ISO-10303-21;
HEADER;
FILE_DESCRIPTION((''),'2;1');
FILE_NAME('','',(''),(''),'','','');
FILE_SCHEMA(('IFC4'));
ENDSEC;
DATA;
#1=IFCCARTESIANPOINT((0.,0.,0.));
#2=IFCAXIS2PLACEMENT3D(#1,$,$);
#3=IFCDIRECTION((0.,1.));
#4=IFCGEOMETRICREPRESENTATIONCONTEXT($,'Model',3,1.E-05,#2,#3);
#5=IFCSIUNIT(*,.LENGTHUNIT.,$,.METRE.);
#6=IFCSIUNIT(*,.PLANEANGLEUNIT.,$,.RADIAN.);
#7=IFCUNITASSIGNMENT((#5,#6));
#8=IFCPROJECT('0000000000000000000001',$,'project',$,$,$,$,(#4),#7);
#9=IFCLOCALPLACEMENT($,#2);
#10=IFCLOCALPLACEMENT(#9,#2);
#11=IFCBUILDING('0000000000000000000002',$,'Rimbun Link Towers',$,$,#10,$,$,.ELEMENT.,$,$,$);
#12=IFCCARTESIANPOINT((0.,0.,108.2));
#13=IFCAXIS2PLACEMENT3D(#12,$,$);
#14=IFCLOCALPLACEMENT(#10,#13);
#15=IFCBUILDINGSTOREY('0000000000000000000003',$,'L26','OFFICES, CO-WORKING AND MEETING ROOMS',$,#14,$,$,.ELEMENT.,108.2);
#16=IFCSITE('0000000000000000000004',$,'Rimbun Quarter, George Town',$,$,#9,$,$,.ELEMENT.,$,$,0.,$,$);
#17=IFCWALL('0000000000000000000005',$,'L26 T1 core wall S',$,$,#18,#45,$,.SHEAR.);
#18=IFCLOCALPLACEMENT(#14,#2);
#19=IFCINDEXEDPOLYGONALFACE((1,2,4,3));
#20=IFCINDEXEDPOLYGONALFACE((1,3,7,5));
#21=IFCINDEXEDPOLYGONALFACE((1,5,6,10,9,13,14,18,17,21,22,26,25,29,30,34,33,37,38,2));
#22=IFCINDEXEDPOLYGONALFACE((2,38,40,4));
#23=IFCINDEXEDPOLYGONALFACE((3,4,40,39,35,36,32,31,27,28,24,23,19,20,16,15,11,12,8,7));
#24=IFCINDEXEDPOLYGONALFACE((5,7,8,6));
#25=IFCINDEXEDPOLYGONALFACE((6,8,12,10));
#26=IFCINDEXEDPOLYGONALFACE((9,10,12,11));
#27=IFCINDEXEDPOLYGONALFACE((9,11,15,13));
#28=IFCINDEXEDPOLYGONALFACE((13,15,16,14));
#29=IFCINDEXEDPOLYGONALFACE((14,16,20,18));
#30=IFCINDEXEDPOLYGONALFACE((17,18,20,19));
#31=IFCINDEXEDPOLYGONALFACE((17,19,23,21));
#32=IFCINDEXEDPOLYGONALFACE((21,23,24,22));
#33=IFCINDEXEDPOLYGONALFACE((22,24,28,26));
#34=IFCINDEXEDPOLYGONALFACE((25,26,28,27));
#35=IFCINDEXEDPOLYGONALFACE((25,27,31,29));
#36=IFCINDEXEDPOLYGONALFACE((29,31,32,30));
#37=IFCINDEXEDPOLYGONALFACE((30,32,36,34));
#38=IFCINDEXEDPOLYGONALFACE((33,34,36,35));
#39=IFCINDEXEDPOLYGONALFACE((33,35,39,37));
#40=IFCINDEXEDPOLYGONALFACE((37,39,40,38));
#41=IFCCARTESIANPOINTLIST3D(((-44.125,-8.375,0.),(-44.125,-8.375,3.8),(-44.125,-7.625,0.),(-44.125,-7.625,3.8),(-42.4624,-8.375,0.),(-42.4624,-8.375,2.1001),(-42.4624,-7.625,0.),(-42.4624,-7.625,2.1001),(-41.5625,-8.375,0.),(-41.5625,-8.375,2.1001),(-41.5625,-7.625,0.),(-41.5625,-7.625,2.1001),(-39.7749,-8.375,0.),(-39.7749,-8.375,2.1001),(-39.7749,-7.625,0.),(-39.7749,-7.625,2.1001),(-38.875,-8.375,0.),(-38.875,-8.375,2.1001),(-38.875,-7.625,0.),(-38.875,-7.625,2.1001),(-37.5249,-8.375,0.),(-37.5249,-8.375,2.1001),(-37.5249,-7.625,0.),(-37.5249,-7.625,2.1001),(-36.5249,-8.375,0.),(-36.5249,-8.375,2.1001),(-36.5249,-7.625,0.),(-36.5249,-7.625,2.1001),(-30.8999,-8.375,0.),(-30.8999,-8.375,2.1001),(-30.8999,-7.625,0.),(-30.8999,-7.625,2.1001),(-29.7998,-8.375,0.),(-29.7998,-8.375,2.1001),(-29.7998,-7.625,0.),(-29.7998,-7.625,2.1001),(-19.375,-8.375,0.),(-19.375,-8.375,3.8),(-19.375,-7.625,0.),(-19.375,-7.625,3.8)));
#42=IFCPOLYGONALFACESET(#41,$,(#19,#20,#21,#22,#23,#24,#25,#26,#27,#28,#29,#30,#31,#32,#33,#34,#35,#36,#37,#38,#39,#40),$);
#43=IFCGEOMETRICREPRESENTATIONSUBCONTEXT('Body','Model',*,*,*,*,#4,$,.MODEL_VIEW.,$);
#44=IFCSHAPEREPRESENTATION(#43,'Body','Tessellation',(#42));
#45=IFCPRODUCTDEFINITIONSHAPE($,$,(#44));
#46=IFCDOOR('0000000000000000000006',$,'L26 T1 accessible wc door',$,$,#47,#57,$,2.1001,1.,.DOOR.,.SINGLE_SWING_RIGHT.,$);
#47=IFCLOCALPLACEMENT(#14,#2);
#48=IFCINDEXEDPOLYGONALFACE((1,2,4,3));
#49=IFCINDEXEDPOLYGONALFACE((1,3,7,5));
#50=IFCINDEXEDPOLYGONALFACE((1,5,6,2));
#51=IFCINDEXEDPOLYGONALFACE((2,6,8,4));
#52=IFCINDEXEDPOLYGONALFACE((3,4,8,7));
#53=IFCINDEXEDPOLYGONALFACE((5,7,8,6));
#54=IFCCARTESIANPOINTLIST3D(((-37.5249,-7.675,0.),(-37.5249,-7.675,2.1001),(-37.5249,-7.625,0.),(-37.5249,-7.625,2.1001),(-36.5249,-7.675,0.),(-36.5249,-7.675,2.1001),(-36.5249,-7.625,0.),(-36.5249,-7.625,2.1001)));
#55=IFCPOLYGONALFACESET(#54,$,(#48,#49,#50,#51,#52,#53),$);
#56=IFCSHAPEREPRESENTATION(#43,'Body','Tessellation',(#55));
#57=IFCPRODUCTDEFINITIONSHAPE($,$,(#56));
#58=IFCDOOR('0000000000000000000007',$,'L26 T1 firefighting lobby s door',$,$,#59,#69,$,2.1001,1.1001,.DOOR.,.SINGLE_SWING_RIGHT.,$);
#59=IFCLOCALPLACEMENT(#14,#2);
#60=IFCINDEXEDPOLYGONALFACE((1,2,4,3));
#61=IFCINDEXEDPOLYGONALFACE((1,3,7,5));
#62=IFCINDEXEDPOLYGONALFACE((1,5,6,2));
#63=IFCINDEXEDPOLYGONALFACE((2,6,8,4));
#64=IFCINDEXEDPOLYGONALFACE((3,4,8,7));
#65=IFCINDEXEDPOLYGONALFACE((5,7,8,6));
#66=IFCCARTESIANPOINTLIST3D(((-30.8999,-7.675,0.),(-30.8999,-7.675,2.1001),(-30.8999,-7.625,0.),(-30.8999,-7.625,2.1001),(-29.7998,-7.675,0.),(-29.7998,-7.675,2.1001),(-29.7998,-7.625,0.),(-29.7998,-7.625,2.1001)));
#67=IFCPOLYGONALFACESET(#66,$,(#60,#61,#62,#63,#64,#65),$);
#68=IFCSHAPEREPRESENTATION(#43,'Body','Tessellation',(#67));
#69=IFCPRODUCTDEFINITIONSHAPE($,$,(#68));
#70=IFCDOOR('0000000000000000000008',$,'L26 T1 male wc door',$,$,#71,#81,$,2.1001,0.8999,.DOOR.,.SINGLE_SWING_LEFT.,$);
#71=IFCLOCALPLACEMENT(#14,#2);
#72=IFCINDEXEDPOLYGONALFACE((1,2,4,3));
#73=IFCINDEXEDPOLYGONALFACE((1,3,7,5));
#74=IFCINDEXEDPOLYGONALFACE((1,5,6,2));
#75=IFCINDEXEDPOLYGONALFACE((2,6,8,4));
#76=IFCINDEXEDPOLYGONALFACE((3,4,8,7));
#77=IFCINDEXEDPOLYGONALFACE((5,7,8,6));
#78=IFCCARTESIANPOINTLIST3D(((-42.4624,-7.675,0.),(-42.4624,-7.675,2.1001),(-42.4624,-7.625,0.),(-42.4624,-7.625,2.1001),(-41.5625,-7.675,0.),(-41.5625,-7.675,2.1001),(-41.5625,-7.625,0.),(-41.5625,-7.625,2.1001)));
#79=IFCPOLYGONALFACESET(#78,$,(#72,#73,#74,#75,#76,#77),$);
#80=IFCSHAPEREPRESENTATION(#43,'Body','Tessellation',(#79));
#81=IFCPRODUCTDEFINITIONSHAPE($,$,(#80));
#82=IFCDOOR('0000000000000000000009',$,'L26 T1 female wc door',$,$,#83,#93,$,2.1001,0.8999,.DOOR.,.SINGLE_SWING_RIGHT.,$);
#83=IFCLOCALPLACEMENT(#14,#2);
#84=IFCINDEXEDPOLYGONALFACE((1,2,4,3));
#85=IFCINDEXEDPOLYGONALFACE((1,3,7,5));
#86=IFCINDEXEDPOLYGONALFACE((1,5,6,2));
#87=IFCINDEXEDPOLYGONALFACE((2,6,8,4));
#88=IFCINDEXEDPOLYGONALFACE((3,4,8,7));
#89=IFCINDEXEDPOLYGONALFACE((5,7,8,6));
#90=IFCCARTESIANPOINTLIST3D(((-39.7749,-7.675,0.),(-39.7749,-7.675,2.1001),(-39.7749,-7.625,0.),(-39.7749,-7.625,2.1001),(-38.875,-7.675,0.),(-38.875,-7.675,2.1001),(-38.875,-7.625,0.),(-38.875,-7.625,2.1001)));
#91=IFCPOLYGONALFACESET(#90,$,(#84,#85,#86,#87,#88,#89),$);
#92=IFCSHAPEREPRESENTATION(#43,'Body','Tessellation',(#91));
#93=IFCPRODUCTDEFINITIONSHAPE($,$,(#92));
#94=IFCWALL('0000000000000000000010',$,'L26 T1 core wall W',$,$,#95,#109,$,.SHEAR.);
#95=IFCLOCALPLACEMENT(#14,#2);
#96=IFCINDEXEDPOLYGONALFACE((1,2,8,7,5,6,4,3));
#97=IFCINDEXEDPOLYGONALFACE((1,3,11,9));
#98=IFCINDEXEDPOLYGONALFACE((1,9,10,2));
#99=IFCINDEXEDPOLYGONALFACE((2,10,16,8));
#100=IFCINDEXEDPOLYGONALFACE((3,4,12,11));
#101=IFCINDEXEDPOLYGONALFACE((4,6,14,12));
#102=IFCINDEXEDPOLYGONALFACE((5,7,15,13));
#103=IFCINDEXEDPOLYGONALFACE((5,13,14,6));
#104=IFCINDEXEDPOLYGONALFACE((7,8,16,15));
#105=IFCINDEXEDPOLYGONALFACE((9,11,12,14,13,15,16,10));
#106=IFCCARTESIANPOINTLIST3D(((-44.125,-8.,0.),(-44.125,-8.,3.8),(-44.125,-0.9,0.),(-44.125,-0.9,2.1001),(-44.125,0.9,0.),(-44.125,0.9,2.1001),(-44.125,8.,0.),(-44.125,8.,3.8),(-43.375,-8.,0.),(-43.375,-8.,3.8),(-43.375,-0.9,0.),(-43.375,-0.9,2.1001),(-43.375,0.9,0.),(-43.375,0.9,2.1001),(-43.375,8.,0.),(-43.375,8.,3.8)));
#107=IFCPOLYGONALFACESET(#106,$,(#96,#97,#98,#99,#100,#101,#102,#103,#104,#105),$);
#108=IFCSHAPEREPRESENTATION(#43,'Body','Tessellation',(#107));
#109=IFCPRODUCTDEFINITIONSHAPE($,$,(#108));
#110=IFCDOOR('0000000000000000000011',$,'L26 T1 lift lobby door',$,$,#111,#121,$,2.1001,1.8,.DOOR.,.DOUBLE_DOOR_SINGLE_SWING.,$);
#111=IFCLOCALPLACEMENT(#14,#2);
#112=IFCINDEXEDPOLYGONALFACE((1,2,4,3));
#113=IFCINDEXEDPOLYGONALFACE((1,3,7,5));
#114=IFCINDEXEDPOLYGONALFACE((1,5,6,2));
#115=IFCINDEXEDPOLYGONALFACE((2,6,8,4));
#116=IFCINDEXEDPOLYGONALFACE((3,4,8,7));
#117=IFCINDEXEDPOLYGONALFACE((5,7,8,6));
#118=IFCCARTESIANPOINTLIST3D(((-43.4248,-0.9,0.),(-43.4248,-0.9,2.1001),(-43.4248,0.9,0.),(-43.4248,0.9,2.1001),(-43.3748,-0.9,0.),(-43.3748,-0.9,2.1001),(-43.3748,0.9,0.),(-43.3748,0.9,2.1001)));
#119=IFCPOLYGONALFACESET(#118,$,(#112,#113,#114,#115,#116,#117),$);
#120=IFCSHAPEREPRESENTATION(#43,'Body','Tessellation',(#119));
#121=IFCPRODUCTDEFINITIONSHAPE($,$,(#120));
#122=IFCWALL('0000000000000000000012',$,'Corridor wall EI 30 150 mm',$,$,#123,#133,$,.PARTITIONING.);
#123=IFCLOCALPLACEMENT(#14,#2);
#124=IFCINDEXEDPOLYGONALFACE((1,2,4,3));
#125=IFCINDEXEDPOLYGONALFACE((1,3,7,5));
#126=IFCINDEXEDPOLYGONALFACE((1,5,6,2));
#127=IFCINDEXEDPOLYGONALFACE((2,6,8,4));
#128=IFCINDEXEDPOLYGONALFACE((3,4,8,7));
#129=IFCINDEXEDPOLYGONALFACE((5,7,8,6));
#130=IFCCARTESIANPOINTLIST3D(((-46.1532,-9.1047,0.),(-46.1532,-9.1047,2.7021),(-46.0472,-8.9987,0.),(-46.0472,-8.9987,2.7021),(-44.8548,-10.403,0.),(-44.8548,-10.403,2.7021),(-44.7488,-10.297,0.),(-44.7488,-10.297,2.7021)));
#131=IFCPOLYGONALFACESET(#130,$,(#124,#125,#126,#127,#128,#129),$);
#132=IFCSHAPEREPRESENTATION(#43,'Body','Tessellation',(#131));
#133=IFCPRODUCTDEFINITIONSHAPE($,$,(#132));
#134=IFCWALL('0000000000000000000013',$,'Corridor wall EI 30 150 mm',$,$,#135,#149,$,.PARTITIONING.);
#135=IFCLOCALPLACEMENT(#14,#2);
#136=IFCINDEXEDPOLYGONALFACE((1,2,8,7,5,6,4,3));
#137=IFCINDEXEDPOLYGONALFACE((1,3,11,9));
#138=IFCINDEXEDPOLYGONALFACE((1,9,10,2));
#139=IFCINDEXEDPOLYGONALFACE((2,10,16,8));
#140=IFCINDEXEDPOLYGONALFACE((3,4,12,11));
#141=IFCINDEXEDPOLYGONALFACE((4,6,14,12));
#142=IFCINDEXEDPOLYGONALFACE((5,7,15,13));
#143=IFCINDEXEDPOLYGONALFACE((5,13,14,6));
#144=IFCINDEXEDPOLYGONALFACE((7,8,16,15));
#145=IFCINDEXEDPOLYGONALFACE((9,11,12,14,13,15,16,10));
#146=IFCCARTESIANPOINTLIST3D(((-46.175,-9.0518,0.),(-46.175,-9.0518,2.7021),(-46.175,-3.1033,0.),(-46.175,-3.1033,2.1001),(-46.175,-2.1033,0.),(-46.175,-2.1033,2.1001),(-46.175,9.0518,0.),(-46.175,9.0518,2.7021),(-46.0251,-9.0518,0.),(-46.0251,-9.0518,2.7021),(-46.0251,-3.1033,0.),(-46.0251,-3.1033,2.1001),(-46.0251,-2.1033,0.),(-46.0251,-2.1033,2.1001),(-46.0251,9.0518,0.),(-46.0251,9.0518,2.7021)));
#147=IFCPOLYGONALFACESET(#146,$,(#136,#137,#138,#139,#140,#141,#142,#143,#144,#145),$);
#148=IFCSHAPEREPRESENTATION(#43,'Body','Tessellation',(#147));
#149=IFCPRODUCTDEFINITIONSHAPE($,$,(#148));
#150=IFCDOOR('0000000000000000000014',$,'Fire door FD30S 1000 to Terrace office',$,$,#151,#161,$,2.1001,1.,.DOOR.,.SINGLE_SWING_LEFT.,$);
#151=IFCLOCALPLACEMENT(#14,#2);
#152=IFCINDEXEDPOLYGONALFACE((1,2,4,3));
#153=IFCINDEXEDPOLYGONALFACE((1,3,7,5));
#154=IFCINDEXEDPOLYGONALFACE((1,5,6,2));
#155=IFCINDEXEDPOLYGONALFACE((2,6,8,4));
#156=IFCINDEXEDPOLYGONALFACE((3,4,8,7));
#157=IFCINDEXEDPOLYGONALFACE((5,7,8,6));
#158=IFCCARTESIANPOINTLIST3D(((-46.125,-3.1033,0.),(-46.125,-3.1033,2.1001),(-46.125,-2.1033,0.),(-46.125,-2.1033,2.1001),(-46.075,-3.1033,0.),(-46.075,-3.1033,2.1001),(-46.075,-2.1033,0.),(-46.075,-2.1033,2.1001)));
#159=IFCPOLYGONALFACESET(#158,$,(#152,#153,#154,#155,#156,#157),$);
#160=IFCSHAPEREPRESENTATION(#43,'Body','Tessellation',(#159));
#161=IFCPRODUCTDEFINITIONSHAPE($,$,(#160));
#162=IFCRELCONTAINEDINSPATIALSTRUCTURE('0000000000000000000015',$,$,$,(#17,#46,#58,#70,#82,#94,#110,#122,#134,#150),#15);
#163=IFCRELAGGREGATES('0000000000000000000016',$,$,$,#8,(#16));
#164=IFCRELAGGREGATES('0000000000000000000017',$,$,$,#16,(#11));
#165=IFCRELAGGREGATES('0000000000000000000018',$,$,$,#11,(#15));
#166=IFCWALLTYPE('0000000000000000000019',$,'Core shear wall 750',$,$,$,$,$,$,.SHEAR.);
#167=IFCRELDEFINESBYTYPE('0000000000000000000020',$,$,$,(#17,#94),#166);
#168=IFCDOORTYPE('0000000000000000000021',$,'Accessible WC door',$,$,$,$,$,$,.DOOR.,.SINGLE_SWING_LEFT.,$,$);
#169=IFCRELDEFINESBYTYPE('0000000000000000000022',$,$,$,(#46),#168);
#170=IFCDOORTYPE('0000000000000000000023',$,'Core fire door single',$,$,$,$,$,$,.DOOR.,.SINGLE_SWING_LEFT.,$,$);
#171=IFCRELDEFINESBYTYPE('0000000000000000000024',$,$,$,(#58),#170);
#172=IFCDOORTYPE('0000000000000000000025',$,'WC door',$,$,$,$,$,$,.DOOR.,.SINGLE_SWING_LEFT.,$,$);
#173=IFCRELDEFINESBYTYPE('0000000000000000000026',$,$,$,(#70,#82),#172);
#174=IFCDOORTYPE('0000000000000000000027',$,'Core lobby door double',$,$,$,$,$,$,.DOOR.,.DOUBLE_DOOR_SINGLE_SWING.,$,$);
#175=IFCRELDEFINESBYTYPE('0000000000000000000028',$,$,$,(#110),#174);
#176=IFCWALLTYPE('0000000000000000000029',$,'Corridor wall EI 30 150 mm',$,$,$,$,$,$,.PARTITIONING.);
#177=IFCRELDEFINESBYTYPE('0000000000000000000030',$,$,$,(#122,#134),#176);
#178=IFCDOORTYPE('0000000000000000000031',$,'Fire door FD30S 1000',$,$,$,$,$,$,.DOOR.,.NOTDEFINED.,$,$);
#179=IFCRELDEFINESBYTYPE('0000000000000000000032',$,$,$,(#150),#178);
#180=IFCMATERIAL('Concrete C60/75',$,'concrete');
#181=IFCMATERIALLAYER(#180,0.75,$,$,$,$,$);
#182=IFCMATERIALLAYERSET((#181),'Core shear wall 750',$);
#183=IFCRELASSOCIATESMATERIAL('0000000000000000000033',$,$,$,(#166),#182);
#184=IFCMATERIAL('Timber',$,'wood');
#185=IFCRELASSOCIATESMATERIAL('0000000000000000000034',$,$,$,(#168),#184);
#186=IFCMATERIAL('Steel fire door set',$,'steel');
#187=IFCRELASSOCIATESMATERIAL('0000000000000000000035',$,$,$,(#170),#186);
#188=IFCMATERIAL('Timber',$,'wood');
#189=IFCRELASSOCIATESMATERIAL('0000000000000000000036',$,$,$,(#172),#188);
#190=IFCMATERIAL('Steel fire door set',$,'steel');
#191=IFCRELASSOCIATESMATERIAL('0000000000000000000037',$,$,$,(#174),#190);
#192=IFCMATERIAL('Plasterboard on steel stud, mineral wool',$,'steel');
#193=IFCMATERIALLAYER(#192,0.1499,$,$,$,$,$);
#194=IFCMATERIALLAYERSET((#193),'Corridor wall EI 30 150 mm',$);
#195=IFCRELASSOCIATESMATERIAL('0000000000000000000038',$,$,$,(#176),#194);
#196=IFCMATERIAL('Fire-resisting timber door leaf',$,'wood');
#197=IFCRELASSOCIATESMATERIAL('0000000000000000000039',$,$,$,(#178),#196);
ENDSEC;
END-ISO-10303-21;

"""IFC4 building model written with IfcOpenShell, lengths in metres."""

from ifc_helpers import new_model, si_unit, direction, frame, frame_2d, origin, place, context, subcontext, project, spatial, rectangle, extrude, material, layer, layer_set, type_object, element, fill, save


model = new_model("IFC4")

# Units and contexts
model_context = context("Model", 3, precision=1e-05, world=origin(), true_north=direction((0.0, 1.0)))
body_context = subcontext(model_context, "Body", "Model", "MODEL_VIEW")
ifc_project = project(units=[si_unit("LENGTHUNIT", "METRE"), si_unit("PLANEANGLEUNIT", "RADIAN")], contexts=[model_context])

# Site, building, storey
site_placement = place(None, origin())
site = spatial("IfcSite", under=ifc_project, at=site_placement, Name="Rimbun Quarter, George Town", CompositionType="ELEMENT", RefElevation=0.0)
building_placement = place(site_placement, origin())
building = spatial("IfcBuilding", under=site, at=building_placement, Name="Rimbun Link Towers", CompositionType="ELEMENT")
storey_placement = place(building_placement, frame((0.0, 0.0, 108.2)))
storey = spatial("IfcBuildingStorey", under=building, at=storey_placement, Name="L26", Description="OFFICES, CO-WORKING AND MEETING ROOMS", CompositionType="ELEMENT", Elevation=108.2)

# Wall, openings, doors
ifc_material_1 = material(Name="Concrete C60/75", Category="concrete")
ifc_layer_1 = layer(ifc_material_1, 0.75)
ifc_layer_set_1 = layer_set([ifc_layer_1], Name="Core shear wall 750")
wall_type_1 = type_object("IfcWallType", Name="Core shear wall 750", PredefinedType="SHEAR", material=ifc_layer_set_1)
wall_1_placement = place(storey_placement, frame((-44.125, -8.0, 0.0), z_axis=(0.0, 0.0, 1.0), x_axis=(1.0, 0.0, 0.0)))
wall_1 = element("IfcWall", 1, at=wall_1_placement, inside=storey, type_object=wall_type_1, Name="L26 T1 core wall S", PredefinedType="SHEAR", context=body_context, shape_type="SweptSolid", body=[
    extrude(rectangle(XDim=24.75, YDim=0.75, at=frame_2d((12.375, 0.0))), origin(), (0.0, 0.0, 1.0), 3.8),
])
opening_1_placement = place(wall_1_placement, frame((13.2251, 0.0, 0.0)))
opening_1 = element("IfcOpeningElement", 2, at=opening_1_placement, cuts=wall_1, PredefinedType="OPENING", context=body_context, shape_type="SweptSolid", body=[
    extrude(rectangle(XDim=1.1001, YDim=2.1001, at=frame_2d((0.55, 1.05))), frame((0.0, 0.385, 0.0), z_axis=(0.0, -1.0, 0.0), x_axis=(1.0, 0.0, 0.0)), (0.0, 0.0, 1.0), 0.77),
])
opening_2_placement = place(wall_1_placement, frame((1.6626, 0.0, 0.0)))
opening_2 = element("IfcOpeningElement", 3, at=opening_2_placement, cuts=wall_1, PredefinedType="OPENING", context=body_context, shape_type="SweptSolid", body=[
    extrude(rectangle(XDim=0.8999, YDim=2.1001, at=frame_2d((0.45, 1.05))), frame((0.0, 0.385, 0.0), z_axis=(0.0, -1.0, 0.0), x_axis=(1.0, 0.0, 0.0)), (0.0, 0.0, 1.0), 0.77),
])
opening_3_placement = place(wall_1_placement, frame((4.3501, 0.0, 0.0)))
opening_3 = element("IfcOpeningElement", 4, at=opening_3_placement, cuts=wall_1, PredefinedType="OPENING", context=body_context, shape_type="SweptSolid", body=[
    extrude(rectangle(XDim=0.8999, YDim=2.1001, at=frame_2d((0.45, 1.05))), frame((0.0, 0.385, 0.0), z_axis=(0.0, -1.0, 0.0), x_axis=(1.0, 0.0, 0.0)), (0.0, 0.0, 1.0), 0.77),
])
opening_4_placement = place(wall_1_placement, frame((6.6001, 0.0, 0.0)))
opening_4 = element("IfcOpeningElement", 5, at=opening_4_placement, cuts=wall_1, PredefinedType="OPENING", context=body_context, shape_type="SweptSolid", body=[
    extrude(rectangle(XDim=1.0, YDim=2.1001, at=frame_2d((0.5, 1.05))), frame((0.0, 0.385, 0.0), z_axis=(0.0, -1.0, 0.0), x_axis=(1.0, 0.0, 0.0)), (0.0, 0.0, 1.0), 0.77),
])
ifc_material_2 = material(Name="Timber", Category="wood")
door_type_1 = type_object("IfcDoorType", Name="Accessible WC door", OperationType="SINGLE_SWING_LEFT", PredefinedType="DOOR", material=ifc_material_2)
door_1_placement = place(opening_4_placement, origin())
door_1 = element("IfcDoor", 6, at=door_1_placement, inside=storey, type_object=door_type_1, Name="L26 T1 accessible wc door", OperationType="SINGLE_SWING_RIGHT", OverallHeight=2.1001, OverallWidth=1.0, PredefinedType="DOOR", context=body_context, shape_type="SweptSolid", body=[
    extrude(rectangle(XDim=1.0, YDim=2.1001, at=frame_2d((0.5, 1.05))), frame((0.0, 0.375, 0.0), z_axis=(0.0, -1.0, 0.0), x_axis=(1.0, 0.0, 0.0)), (0.0, 0.0, 1.0), 0.05),
])
fill(opening_4, door_1)
ifc_material_3 = material(Name="Steel fire door set", Category="steel")
door_type_2 = type_object("IfcDoorType", Name="Core fire door single", OperationType="SINGLE_SWING_LEFT", PredefinedType="DOOR", material=ifc_material_3)
door_2_placement = place(opening_1_placement, origin())
door_2 = element("IfcDoor", 7, at=door_2_placement, inside=storey, type_object=door_type_2, Name="L26 T1 firefighting lobby s door", OperationType="SINGLE_SWING_RIGHT", OverallHeight=2.1001, OverallWidth=1.1001, PredefinedType="DOOR", context=body_context, shape_type="SweptSolid", body=[
    extrude(rectangle(XDim=1.1001, YDim=2.1001, at=frame_2d((0.55, 1.05))), frame((0.0, 0.375, 0.0), z_axis=(0.0, -1.0, 0.0), x_axis=(1.0, 0.0, 0.0)), (0.0, 0.0, 1.0), 0.05),
])
fill(opening_1, door_2)
ifc_material_4 = material(Name="Timber", Category="wood")
door_type_3 = type_object("IfcDoorType", Name="WC door", OperationType="SINGLE_SWING_LEFT", PredefinedType="DOOR", material=ifc_material_4)
door_3_placement = place(opening_2_placement, origin())
door_3 = element("IfcDoor", 8, at=door_3_placement, inside=storey, type_object=door_type_3, Name="L26 T1 male wc door", OperationType="SINGLE_SWING_LEFT", OverallHeight=2.1001, OverallWidth=0.8999, PredefinedType="DOOR", context=body_context, shape_type="SweptSolid", body=[
    extrude(rectangle(XDim=0.8999, YDim=2.1001, at=frame_2d((0.45, 1.05))), frame((0.0, 0.375, 0.0), z_axis=(0.0, -1.0, 0.0), x_axis=(1.0, 0.0, 0.0)), (0.0, 0.0, 1.0), 0.05),
])
fill(opening_2, door_3)
door_4_placement = place(opening_3_placement, origin())
door_4 = element("IfcDoor", 9, at=door_4_placement, inside=storey, type_object=door_type_3, Name="L26 T1 female wc door", OperationType="SINGLE_SWING_RIGHT", OverallHeight=2.1001, OverallWidth=0.8999, PredefinedType="DOOR", context=body_context, shape_type="SweptSolid", body=[
    extrude(rectangle(XDim=0.8999, YDim=2.1001, at=frame_2d((0.45, 1.05))), frame((0.0, 0.375, 0.0), z_axis=(0.0, -1.0, 0.0), x_axis=(1.0, 0.0, 0.0)), (0.0, 0.0, 1.0), 0.05),
])
fill(opening_3, door_4)

# Wall, opening, door
wall_2_placement = place(storey_placement, frame((-43.75, -8.0, 0.0), z_axis=(0.0, 0.0, 1.0), x_axis=(0.0, 1.0, 0.0)))
wall_2 = element("IfcWall", 10, at=wall_2_placement, inside=storey, type_object=wall_type_1, Name="L26 T1 core wall W", PredefinedType="SHEAR", context=body_context, shape_type="SweptSolid", body=[
    extrude(rectangle(XDim=16.0, YDim=0.75, at=frame_2d((8.0, 0.0))), origin(), (0.0, 0.0, 1.0), 3.8),
])
opening_5_placement = place(wall_2_placement, frame((7.1001, 0.0, 0.0)))
opening_5 = element("IfcOpeningElement", 11, at=opening_5_placement, cuts=wall_2, PredefinedType="OPENING", context=body_context, shape_type="SweptSolid", body=[
    extrude(rectangle(XDim=1.8, YDim=2.1001, at=frame_2d((0.8999, 1.05))), frame((0.0, 0.385, 0.0), z_axis=(0.0, -1.0, 0.0), x_axis=(1.0, 0.0, 0.0)), (0.0, 0.0, 1.0), 0.77),
])
ifc_material_5 = material(Name="Steel fire door set", Category="steel")
door_type_4 = type_object("IfcDoorType", Name="Core lobby door double", OperationType="DOUBLE_DOOR_SINGLE_SWING", PredefinedType="DOOR", material=ifc_material_5)
door_5_placement = place(opening_5_placement, origin())
door_5 = element("IfcDoor", 12, at=door_5_placement, inside=storey, type_object=door_type_4, Name="L26 T1 lift lobby door", OperationType="DOUBLE_DOOR_SINGLE_SWING", OverallHeight=2.1001, OverallWidth=1.8, PredefinedType="DOOR", context=body_context, shape_type="SweptSolid", body=[
    extrude(rectangle(XDim=1.8, YDim=2.1001, at=frame_2d((0.8999, 1.05))), frame((0.0, -0.3252, 0.0), z_axis=(0.0, -1.0, 0.0), x_axis=(1.0, 0.0, 0.0)), (0.0, 0.0, 1.0), 0.05),
])
fill(opening_5, door_5)

# Wall
ifc_material_6 = material(Name="Plasterboard on steel stud, mineral wool", Category="steel")
ifc_layer_2 = layer(ifc_material_6, 0.1499)
ifc_layer_set_2 = layer_set([ifc_layer_2], Name="Corridor wall EI 30 150 mm")
wall_type_2 = type_object("IfcWallType", Name="Corridor wall EI 30 150 mm", PredefinedType="PARTITIONING", material=ifc_layer_set_2)
wall_3_placement = place(storey_placement, frame((-46.1001, -9.0518, 0.0), z_axis=(0.0, 0.0, 1.0), x_axis=(0.707107, -0.707107, 0.0)))
element("IfcWall", 13, at=wall_3_placement, inside=storey, type_object=wall_type_2, Name="Corridor wall EI 30 150 mm", PredefinedType="PARTITIONING", context=body_context, shape_type="SweptSolid", body=[
    extrude(rectangle(XDim=1.8362, YDim=0.1499, at=frame_2d((0.918, 0.0))), origin(), (0.0, 0.0, 1.0), 2.7021),
])

# Wall, opening, door
wall_4_placement = place(storey_placement, frame((-46.1001, -9.0518, 0.0), z_axis=(0.0, 0.0, 1.0), x_axis=(0.0, 1.0, 0.0)))
wall_4 = element("IfcWall", 14, at=wall_4_placement, inside=storey, type_object=wall_type_2, Name="Corridor wall EI 30 150 mm", PredefinedType="PARTITIONING", context=body_context, shape_type="SweptSolid", body=[
    extrude(rectangle(XDim=18.1035, YDim=0.1499, at=frame_2d((9.0518, 0.0))), origin(), (0.0, 0.0, 1.0), 2.7021),
])
opening_6_placement = place(wall_4_placement, frame((5.9485, 0.0, 0.0)))
opening_6 = element("IfcOpeningElement", 15, at=opening_6_placement, cuts=wall_4, PredefinedType="OPENING", context=body_context, shape_type="SweptSolid", body=[
    extrude(rectangle(XDim=1.0, YDim=2.1001, at=frame_2d((0.5, 1.05))), frame((0.0, 0.085, 0.0), z_axis=(0.0, -1.0, 0.0), x_axis=(1.0, 0.0, 0.0)), (0.0, 0.0, 1.0), 0.1699),
])
ifc_material_7 = material(Name="Fire-resisting timber door leaf", Category="wood")
door_type_5 = type_object("IfcDoorType", Name="Fire door FD30S 1000", OperationType="NOTDEFINED", PredefinedType="DOOR", material=ifc_material_7)
door_6_placement = place(opening_6_placement, origin())
door_6 = element("IfcDoor", 16, at=door_6_placement, inside=storey, type_object=door_type_5, Name="Fire door FD30S 1000 to Terrace office", OperationType="SINGLE_SWING_LEFT", OverallHeight=2.1001, OverallWidth=1.0, PredefinedType="DOOR", context=body_context, shape_type="SweptSolid", body=[
    extrude(rectangle(XDim=1.0, YDim=2.1001, at=frame_2d((0.5, 1.05))), frame((0.0, 0.0249, 0.0), z_axis=(0.0, -1.0, 0.0), x_axis=(1.0, 0.0, 0.0)), (0.0, 0.0, 1.0), 0.05),
])
fill(opening_6, door_6)

save(model, "model.ifc")
